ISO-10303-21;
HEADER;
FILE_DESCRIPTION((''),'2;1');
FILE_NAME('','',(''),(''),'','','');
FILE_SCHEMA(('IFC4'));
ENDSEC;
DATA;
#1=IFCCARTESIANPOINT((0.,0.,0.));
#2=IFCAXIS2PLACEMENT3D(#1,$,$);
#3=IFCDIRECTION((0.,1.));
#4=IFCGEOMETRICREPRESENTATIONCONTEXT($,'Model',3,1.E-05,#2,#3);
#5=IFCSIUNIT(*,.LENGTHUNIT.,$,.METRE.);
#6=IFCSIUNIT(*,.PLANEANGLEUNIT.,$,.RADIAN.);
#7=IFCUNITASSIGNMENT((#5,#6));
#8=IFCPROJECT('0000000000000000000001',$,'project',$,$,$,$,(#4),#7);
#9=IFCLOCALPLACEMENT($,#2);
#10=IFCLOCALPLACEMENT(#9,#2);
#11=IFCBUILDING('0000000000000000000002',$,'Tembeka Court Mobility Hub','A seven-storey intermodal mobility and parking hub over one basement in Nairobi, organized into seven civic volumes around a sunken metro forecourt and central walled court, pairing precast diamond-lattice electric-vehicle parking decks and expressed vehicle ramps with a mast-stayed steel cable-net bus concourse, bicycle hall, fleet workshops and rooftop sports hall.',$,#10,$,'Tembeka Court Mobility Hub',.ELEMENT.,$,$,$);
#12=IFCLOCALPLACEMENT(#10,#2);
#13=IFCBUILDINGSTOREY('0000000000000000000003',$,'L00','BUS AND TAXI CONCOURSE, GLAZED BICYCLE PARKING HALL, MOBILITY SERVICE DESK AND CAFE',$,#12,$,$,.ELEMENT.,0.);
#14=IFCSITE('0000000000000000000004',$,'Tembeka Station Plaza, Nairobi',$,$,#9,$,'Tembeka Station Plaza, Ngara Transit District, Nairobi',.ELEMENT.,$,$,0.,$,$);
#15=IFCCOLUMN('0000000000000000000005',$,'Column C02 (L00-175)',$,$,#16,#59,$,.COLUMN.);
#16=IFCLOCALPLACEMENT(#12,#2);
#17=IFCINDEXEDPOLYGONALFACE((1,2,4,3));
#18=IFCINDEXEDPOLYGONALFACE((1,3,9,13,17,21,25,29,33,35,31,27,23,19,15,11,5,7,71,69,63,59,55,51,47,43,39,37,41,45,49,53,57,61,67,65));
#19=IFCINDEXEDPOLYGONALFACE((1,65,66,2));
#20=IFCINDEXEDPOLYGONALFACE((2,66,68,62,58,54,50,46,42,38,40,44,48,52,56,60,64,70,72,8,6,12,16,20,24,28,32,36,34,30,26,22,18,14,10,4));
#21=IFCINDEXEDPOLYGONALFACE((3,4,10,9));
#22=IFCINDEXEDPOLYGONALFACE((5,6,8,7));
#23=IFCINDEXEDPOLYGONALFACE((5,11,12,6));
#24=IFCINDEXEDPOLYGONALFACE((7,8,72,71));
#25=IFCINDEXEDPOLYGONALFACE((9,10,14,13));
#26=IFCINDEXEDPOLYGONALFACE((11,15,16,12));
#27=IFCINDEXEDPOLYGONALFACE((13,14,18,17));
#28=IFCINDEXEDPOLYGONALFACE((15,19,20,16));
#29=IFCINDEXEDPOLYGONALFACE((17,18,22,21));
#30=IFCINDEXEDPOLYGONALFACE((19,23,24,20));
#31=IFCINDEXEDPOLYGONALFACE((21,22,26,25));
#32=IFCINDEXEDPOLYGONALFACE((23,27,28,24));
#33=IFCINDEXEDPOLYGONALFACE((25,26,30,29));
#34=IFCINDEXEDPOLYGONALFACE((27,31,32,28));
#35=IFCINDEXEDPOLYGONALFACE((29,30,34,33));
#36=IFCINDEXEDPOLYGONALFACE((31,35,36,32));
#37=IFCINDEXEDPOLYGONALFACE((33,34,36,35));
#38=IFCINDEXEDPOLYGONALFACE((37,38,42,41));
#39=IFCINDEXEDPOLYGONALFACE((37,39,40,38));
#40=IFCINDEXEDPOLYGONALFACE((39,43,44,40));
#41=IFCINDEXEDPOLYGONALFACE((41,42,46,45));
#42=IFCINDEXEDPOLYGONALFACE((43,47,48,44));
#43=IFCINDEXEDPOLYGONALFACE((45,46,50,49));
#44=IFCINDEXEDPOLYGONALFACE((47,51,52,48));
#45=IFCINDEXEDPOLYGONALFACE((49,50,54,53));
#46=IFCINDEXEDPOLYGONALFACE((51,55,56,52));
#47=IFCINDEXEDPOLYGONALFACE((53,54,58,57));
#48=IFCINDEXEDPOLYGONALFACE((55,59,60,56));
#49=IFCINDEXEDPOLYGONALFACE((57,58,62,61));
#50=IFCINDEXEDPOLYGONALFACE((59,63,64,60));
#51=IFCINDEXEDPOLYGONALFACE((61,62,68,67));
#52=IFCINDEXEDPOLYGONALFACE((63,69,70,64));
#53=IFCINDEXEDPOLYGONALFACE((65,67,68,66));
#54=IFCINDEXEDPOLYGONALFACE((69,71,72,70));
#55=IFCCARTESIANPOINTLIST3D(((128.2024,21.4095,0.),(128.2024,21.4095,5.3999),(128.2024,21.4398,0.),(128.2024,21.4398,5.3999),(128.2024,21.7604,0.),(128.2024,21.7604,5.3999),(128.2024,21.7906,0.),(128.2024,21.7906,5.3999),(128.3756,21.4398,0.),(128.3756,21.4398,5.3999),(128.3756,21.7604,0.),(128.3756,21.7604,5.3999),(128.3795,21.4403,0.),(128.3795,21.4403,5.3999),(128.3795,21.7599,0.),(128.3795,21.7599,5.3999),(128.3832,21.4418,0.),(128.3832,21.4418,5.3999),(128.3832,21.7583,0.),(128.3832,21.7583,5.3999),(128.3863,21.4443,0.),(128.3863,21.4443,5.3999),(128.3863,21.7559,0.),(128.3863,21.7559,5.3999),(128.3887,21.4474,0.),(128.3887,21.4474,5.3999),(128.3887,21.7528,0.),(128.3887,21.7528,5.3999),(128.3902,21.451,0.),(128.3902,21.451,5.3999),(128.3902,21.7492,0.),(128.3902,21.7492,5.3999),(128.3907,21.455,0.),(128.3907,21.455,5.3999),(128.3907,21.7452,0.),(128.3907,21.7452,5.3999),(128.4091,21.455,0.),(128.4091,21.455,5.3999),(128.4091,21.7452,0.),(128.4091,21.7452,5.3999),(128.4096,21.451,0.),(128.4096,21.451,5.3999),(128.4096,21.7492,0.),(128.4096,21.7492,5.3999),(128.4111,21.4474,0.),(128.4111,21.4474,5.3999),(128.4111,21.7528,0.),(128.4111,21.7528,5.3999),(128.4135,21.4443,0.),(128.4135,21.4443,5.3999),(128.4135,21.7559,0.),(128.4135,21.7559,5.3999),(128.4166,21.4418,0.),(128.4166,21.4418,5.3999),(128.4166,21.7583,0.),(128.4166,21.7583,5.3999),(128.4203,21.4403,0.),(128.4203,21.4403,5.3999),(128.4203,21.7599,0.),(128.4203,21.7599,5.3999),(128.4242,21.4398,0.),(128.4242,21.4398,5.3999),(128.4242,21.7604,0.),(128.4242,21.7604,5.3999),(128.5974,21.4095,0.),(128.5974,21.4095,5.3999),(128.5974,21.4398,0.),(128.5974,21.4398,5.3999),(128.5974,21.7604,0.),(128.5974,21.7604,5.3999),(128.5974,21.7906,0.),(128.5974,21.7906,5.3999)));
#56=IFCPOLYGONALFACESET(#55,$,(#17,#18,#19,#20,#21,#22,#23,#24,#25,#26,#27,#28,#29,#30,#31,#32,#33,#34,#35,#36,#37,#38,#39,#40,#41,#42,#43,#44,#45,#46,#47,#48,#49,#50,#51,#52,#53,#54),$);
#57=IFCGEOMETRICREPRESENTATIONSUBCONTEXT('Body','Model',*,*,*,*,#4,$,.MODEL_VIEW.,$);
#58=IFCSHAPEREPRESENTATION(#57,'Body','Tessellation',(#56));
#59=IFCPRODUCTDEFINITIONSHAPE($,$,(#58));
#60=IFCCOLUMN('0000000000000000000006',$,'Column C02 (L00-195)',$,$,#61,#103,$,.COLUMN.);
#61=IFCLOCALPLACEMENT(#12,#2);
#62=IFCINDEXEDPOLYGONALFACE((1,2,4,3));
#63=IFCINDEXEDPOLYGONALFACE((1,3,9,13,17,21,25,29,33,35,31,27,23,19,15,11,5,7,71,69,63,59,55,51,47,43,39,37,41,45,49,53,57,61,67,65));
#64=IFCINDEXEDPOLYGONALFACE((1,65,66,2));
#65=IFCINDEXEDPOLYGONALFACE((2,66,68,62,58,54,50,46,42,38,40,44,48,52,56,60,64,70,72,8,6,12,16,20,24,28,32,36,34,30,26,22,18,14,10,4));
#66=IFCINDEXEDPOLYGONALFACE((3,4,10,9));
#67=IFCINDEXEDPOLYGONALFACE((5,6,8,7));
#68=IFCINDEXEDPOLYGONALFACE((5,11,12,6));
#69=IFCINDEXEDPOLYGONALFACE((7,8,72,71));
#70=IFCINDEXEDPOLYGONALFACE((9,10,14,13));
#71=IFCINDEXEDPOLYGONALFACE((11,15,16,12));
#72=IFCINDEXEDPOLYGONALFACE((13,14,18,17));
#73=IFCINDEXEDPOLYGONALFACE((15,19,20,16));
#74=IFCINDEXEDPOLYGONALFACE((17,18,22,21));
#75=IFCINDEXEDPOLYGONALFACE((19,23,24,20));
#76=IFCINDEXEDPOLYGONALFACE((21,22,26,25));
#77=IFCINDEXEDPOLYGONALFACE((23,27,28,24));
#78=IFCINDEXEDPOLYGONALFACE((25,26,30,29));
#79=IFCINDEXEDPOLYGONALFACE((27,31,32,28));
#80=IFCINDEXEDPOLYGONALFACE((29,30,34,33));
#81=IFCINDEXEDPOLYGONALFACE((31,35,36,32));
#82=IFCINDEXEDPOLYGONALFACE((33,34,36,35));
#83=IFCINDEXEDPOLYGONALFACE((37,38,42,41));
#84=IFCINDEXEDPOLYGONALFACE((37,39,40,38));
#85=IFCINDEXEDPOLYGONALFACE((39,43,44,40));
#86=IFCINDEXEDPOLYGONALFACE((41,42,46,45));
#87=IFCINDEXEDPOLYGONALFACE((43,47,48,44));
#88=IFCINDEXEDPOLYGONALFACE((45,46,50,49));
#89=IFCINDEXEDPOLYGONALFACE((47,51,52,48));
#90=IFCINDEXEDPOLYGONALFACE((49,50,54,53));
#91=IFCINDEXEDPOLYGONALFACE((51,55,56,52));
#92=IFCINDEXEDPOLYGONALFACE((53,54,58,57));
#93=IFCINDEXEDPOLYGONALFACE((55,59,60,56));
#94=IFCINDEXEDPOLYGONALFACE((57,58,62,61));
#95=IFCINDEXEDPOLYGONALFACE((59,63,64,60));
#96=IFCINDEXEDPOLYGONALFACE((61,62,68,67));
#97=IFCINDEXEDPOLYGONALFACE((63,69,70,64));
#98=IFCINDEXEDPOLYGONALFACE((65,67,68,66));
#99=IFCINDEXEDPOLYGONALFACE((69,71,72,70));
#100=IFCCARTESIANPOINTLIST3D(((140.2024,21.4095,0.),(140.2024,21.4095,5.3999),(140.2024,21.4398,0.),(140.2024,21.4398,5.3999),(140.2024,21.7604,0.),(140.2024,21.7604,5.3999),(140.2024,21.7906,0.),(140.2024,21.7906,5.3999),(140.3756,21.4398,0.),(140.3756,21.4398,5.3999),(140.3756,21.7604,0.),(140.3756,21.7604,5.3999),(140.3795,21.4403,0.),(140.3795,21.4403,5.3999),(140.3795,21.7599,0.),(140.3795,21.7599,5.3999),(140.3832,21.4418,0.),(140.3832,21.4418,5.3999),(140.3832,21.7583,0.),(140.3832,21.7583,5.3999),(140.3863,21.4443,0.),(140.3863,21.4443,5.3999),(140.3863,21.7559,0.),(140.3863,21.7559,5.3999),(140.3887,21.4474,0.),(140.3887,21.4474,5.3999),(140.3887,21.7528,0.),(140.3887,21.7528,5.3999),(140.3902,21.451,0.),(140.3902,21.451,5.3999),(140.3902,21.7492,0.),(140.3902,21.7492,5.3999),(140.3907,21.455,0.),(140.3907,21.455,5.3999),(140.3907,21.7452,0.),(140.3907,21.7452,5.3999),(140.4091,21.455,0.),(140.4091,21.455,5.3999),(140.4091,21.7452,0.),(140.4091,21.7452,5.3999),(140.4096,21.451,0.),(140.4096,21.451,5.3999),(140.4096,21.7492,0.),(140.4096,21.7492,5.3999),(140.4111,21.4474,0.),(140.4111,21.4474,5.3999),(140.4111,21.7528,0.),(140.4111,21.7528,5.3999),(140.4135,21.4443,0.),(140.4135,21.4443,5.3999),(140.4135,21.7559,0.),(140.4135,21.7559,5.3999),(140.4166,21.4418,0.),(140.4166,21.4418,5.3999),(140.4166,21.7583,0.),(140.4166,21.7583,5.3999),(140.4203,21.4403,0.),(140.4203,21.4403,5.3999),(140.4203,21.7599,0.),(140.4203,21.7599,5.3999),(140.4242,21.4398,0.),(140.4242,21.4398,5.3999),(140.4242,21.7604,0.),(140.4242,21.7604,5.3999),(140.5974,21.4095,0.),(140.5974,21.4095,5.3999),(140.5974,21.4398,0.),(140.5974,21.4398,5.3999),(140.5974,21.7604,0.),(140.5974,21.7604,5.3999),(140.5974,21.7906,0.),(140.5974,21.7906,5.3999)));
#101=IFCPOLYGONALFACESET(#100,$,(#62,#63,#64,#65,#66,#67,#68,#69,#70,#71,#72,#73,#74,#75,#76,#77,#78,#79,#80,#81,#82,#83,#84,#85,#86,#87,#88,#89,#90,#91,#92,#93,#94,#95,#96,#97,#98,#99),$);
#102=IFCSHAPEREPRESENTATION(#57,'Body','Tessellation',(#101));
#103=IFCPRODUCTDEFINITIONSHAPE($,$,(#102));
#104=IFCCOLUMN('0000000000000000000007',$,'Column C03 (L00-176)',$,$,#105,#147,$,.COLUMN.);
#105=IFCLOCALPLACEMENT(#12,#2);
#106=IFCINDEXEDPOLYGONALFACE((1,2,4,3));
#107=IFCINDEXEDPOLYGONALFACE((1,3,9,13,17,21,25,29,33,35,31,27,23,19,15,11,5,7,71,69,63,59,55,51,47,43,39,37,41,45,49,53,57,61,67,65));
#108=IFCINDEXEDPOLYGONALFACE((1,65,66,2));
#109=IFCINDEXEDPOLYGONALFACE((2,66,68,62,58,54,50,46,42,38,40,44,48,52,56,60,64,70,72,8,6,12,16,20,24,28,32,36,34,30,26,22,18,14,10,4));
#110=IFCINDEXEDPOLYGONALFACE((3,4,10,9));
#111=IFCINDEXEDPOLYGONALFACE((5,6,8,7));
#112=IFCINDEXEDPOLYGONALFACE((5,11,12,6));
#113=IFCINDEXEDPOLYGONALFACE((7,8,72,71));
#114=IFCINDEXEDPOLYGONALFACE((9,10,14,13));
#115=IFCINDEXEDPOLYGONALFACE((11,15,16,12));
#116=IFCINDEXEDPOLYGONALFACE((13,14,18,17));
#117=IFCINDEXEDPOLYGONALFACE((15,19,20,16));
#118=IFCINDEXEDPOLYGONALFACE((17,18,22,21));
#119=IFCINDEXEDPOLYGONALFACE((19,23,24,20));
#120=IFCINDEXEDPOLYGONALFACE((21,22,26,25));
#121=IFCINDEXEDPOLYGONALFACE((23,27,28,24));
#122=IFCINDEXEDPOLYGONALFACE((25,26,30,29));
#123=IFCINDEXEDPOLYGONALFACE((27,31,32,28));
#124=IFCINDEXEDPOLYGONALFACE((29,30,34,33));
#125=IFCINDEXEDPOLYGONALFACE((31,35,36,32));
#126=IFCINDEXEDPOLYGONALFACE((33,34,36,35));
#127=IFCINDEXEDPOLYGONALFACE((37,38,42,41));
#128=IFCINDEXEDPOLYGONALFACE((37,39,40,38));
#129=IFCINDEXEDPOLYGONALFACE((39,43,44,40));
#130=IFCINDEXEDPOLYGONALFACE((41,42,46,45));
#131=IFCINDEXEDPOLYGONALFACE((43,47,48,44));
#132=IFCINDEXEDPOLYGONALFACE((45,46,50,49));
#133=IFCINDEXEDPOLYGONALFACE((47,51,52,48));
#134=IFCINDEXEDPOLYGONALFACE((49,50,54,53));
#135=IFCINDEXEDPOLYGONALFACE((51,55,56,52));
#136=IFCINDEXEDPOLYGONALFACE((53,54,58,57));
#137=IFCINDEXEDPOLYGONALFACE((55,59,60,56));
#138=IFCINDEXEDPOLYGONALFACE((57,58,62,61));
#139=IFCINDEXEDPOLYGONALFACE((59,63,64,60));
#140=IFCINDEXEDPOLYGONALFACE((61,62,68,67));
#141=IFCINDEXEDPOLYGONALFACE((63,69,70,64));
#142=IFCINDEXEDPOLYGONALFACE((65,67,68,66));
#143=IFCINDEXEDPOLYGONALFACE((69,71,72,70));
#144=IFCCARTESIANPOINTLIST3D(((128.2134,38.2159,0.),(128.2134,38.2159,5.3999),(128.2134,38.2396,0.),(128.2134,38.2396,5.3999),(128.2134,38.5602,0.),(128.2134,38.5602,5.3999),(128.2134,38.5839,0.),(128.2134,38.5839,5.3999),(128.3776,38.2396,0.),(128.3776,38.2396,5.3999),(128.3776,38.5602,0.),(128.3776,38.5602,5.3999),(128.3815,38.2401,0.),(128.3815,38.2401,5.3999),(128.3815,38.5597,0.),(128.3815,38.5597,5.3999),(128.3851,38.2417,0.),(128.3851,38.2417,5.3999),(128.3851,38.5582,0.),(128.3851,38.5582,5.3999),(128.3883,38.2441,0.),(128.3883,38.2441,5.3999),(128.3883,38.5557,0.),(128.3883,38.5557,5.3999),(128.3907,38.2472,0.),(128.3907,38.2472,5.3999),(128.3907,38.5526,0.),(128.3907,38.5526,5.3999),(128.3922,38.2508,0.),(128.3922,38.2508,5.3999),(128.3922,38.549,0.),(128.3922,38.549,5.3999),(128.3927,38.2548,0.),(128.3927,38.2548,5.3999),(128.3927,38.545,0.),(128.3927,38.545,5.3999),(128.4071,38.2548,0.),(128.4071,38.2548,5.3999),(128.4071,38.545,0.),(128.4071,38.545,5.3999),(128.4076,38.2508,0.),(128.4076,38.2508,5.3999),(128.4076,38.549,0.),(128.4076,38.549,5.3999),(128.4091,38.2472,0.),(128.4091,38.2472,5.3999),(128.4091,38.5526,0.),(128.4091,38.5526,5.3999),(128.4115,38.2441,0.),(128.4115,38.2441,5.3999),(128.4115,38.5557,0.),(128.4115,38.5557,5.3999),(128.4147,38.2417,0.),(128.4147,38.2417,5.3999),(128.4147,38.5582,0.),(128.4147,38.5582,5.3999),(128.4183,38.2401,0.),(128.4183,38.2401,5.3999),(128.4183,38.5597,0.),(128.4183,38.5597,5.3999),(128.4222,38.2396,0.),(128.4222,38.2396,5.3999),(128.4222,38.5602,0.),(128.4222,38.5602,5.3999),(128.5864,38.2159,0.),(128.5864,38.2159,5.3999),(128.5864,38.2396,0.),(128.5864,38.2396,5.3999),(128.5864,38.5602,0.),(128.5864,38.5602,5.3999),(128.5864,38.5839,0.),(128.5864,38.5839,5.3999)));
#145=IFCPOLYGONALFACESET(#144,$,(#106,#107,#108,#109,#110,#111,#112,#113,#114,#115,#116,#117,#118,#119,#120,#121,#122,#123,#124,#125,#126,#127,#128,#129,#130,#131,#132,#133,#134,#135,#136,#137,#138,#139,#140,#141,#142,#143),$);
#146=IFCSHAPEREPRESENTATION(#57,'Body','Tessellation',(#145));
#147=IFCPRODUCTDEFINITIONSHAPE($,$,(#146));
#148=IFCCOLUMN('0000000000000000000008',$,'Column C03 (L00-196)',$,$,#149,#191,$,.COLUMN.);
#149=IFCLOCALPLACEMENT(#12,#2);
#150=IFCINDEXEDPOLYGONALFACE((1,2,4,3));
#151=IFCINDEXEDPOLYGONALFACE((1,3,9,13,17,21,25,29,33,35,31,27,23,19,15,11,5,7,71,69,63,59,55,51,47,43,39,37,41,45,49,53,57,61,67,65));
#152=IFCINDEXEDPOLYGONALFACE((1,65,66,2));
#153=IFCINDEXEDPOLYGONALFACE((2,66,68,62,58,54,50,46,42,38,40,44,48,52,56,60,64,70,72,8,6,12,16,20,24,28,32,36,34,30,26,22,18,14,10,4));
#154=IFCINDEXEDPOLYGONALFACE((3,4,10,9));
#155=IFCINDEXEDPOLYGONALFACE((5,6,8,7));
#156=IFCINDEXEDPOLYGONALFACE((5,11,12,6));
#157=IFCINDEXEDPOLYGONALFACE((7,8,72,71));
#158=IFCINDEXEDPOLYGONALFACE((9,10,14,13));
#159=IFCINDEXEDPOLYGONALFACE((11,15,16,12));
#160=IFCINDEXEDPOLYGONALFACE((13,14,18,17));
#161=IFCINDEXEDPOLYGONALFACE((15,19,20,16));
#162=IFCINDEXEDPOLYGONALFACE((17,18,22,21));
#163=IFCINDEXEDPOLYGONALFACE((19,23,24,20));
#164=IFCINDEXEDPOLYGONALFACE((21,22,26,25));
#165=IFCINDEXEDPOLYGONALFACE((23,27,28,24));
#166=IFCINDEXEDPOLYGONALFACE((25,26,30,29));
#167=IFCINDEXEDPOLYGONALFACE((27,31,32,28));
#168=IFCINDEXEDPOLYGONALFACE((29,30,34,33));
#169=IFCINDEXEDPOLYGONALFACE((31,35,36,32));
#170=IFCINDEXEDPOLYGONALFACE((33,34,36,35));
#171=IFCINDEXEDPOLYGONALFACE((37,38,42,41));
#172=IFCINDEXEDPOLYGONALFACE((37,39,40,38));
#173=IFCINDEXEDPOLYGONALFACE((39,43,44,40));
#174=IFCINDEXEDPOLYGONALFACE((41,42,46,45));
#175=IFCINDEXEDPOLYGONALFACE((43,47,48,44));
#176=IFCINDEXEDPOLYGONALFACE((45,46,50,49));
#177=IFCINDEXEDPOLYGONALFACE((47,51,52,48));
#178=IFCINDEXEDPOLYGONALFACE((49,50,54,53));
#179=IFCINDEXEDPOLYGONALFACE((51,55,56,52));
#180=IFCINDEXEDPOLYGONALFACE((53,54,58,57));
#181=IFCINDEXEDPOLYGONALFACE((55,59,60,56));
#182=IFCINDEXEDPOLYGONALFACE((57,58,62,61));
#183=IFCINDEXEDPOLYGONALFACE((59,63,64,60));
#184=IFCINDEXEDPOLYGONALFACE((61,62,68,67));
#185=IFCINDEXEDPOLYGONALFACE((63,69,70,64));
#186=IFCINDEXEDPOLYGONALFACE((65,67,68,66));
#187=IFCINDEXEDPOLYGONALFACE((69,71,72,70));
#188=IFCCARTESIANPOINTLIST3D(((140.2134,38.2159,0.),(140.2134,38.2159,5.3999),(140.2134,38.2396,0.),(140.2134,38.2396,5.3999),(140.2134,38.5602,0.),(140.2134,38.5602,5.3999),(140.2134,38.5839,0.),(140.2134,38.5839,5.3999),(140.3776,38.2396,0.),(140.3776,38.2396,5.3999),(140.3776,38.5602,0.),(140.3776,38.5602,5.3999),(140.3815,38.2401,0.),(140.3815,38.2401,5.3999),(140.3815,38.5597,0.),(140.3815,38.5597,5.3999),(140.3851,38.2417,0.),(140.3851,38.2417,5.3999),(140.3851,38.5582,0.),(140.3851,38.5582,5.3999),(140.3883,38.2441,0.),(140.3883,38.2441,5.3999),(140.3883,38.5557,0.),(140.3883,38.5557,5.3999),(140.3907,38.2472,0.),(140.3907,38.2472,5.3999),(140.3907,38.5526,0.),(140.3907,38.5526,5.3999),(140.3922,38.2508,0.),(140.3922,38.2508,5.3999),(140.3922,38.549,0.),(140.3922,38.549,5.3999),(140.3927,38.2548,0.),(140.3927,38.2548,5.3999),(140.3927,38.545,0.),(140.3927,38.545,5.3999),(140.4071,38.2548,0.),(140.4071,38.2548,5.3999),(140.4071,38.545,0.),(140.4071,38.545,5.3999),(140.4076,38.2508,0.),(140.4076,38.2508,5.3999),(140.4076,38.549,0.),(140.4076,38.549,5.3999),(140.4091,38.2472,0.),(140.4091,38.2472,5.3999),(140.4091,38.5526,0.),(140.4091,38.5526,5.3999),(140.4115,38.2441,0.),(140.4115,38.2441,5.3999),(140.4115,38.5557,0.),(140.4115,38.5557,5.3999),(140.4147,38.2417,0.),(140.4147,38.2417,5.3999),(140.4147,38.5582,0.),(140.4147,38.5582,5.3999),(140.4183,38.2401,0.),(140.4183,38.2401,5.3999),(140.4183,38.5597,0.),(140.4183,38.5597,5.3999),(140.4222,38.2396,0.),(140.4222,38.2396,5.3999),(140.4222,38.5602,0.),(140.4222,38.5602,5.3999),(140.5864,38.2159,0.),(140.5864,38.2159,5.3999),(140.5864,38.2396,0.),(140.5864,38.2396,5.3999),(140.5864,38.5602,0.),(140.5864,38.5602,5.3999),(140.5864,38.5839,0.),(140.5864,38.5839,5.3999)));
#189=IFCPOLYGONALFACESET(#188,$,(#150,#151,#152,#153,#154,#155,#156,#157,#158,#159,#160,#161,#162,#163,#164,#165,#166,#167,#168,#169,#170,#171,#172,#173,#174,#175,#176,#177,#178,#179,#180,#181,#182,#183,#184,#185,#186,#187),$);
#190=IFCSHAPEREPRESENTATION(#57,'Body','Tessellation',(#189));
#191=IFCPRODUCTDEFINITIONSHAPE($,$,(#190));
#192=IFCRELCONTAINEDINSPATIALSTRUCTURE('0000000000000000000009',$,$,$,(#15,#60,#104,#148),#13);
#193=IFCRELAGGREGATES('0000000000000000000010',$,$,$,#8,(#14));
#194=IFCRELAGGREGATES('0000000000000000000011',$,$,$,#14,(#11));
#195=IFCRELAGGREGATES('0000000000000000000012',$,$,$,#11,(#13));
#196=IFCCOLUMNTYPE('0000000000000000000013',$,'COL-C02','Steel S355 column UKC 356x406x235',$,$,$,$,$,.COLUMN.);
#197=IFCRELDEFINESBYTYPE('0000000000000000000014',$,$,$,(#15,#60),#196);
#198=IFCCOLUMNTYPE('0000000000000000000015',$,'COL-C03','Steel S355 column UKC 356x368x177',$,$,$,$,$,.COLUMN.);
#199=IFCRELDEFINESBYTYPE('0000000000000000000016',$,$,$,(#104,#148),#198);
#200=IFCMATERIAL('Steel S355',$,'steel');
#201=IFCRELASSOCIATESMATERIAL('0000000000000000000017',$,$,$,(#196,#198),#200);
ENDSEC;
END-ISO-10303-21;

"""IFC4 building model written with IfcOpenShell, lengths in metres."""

from ifc_helpers import new_model, si_unit, direction, frame, origin, origin_2d, place, context, subcontext, project, spatial, i_section, extrude, material, material_profile, profile_set, type_object, element, save


model = new_model("IFC4")

# Units and contexts
model_context = context("Model", 3, precision=1e-05, world=origin(), true_north=direction((0.0, 1.0)))
body_context = subcontext(model_context, "Body", "Model", "MODEL_VIEW")
ifc_project = project(units=[si_unit("LENGTHUNIT", "METRE"), si_unit("PLANEANGLEUNIT", "RADIAN")], contexts=[model_context])

# Site, building, storey
site_placement = place(None, origin())
site = spatial("IfcSite", under=ifc_project, at=site_placement, Name="Tembeka Station Plaza, Nairobi", LongName="Tembeka Station Plaza, Ngara Transit District, Nairobi", CompositionType="ELEMENT", RefElevation=0.0)
building_placement = place(site_placement, origin())
building = spatial("IfcBuilding", under=site, at=building_placement, Name="Tembeka Court Mobility Hub", Description="A seven-storey intermodal mobility and parking hub over one basement in Nairobi, organized into seven civic volumes around a sunken metro forecourt and central walled court, pairing precast diamond-lattice electric-vehicle parking decks and expressed vehicle ramps with a mast-stayed steel cable-net bus concourse, bicycle hall, fleet workshops and rooftop sports hall.", LongName="Tembeka Court Mobility Hub", CompositionType="ELEMENT")
storey_placement = place(building_placement, origin())
storey = spatial("IfcBuildingStorey", under=building, at=storey_placement, Name="L00", Description="BUS AND TAXI CONCOURSE, GLAZED BICYCLE PARKING HALL, MOBILITY SERVICE DESK AND CAFE", CompositionType="ELEMENT", Elevation=0.0)

# Columns
ifc_material_1 = material(Name="Steel S355", Category="steel")
ifc_material_profile_1 = material_profile(ifc_material_1, i_section(OverallWidth=0.395, OverallDepth=0.3811, WebThickness=0.0183, FlangeThickness=0.0303, FilletRadius=0.0151, at=origin_2d()), Name="UKC 356x406x235")
ifc_profile_set_1 = profile_set([ifc_material_profile_1], Name="Steel S355")
column_type_1 = type_object("IfcColumnType", Name="COL-C02", Description="Steel S355 column UKC 356x406x235", PredefinedType="COLUMN", material=ifc_profile_set_1)
for number, where, z_axis, x_axis, name in (
    (1, (128.3999, 21.6001, 0.0), (0.0, 0.0, 1.0), (1.0, 0.0, 0.0), "Column C02 (L00-175)"),
    (2, (140.3999, 21.6001, 0.0), (0.0, 0.0, 1.0), (1.0, 0.0, 0.0), "Column C02 (L00-195)"),
):
    element("IfcColumn", number, at=place(storey_placement, frame(where, z_axis=z_axis, x_axis=x_axis)), inside=storey, type_object=column_type_1, Name=name, PredefinedType="COLUMN", context=body_context, shape_type="SweptSolid", body=[
        extrude(i_section(OverallWidth=0.395, OverallDepth=0.3811, WebThickness=0.0183, FlangeThickness=0.0303, FilletRadius=0.0151, at=origin_2d()), origin(), (0.0, 0.0, 1.0), 5.3999),
    ])
ifc_material_profile_2 = material_profile(ifc_material_1, i_section(OverallWidth=0.373, OverallDepth=0.3679, WebThickness=0.0144, FlangeThickness=0.0237, FilletRadius=0.0151, at=origin_2d()), Name="UKC 356x368x177")
ifc_profile_set_2 = profile_set([ifc_material_profile_2], Name="Steel S355")
column_type_2 = type_object("IfcColumnType", Name="COL-C03", Description="Steel S355 column UKC 356x368x177", PredefinedType="COLUMN", material=ifc_profile_set_2)
for number, where, z_axis, x_axis, name in (
    (3, (128.3999, 38.3999, 0.0), (0.0, 0.0, 1.0), (1.0, 0.0, 0.0), "Column C03 (L00-176)"),
    (4, (140.3999, 38.3999, 0.0), (0.0, 0.0, 1.0), (1.0, 0.0, 0.0), "Column C03 (L00-196)"),
):
    element("IfcColumn", number, at=place(storey_placement, frame(where, z_axis=z_axis, x_axis=x_axis)), inside=storey, type_object=column_type_2, Name=name, PredefinedType="COLUMN", context=body_context, shape_type="SweptSolid", body=[
        extrude(i_section(OverallWidth=0.373, OverallDepth=0.3679, WebThickness=0.0144, FlangeThickness=0.0237, FilletRadius=0.0151, at=origin_2d()), origin(), (0.0, 0.0, 1.0), 5.3999),
    ])

save(model, "model.ifc")
